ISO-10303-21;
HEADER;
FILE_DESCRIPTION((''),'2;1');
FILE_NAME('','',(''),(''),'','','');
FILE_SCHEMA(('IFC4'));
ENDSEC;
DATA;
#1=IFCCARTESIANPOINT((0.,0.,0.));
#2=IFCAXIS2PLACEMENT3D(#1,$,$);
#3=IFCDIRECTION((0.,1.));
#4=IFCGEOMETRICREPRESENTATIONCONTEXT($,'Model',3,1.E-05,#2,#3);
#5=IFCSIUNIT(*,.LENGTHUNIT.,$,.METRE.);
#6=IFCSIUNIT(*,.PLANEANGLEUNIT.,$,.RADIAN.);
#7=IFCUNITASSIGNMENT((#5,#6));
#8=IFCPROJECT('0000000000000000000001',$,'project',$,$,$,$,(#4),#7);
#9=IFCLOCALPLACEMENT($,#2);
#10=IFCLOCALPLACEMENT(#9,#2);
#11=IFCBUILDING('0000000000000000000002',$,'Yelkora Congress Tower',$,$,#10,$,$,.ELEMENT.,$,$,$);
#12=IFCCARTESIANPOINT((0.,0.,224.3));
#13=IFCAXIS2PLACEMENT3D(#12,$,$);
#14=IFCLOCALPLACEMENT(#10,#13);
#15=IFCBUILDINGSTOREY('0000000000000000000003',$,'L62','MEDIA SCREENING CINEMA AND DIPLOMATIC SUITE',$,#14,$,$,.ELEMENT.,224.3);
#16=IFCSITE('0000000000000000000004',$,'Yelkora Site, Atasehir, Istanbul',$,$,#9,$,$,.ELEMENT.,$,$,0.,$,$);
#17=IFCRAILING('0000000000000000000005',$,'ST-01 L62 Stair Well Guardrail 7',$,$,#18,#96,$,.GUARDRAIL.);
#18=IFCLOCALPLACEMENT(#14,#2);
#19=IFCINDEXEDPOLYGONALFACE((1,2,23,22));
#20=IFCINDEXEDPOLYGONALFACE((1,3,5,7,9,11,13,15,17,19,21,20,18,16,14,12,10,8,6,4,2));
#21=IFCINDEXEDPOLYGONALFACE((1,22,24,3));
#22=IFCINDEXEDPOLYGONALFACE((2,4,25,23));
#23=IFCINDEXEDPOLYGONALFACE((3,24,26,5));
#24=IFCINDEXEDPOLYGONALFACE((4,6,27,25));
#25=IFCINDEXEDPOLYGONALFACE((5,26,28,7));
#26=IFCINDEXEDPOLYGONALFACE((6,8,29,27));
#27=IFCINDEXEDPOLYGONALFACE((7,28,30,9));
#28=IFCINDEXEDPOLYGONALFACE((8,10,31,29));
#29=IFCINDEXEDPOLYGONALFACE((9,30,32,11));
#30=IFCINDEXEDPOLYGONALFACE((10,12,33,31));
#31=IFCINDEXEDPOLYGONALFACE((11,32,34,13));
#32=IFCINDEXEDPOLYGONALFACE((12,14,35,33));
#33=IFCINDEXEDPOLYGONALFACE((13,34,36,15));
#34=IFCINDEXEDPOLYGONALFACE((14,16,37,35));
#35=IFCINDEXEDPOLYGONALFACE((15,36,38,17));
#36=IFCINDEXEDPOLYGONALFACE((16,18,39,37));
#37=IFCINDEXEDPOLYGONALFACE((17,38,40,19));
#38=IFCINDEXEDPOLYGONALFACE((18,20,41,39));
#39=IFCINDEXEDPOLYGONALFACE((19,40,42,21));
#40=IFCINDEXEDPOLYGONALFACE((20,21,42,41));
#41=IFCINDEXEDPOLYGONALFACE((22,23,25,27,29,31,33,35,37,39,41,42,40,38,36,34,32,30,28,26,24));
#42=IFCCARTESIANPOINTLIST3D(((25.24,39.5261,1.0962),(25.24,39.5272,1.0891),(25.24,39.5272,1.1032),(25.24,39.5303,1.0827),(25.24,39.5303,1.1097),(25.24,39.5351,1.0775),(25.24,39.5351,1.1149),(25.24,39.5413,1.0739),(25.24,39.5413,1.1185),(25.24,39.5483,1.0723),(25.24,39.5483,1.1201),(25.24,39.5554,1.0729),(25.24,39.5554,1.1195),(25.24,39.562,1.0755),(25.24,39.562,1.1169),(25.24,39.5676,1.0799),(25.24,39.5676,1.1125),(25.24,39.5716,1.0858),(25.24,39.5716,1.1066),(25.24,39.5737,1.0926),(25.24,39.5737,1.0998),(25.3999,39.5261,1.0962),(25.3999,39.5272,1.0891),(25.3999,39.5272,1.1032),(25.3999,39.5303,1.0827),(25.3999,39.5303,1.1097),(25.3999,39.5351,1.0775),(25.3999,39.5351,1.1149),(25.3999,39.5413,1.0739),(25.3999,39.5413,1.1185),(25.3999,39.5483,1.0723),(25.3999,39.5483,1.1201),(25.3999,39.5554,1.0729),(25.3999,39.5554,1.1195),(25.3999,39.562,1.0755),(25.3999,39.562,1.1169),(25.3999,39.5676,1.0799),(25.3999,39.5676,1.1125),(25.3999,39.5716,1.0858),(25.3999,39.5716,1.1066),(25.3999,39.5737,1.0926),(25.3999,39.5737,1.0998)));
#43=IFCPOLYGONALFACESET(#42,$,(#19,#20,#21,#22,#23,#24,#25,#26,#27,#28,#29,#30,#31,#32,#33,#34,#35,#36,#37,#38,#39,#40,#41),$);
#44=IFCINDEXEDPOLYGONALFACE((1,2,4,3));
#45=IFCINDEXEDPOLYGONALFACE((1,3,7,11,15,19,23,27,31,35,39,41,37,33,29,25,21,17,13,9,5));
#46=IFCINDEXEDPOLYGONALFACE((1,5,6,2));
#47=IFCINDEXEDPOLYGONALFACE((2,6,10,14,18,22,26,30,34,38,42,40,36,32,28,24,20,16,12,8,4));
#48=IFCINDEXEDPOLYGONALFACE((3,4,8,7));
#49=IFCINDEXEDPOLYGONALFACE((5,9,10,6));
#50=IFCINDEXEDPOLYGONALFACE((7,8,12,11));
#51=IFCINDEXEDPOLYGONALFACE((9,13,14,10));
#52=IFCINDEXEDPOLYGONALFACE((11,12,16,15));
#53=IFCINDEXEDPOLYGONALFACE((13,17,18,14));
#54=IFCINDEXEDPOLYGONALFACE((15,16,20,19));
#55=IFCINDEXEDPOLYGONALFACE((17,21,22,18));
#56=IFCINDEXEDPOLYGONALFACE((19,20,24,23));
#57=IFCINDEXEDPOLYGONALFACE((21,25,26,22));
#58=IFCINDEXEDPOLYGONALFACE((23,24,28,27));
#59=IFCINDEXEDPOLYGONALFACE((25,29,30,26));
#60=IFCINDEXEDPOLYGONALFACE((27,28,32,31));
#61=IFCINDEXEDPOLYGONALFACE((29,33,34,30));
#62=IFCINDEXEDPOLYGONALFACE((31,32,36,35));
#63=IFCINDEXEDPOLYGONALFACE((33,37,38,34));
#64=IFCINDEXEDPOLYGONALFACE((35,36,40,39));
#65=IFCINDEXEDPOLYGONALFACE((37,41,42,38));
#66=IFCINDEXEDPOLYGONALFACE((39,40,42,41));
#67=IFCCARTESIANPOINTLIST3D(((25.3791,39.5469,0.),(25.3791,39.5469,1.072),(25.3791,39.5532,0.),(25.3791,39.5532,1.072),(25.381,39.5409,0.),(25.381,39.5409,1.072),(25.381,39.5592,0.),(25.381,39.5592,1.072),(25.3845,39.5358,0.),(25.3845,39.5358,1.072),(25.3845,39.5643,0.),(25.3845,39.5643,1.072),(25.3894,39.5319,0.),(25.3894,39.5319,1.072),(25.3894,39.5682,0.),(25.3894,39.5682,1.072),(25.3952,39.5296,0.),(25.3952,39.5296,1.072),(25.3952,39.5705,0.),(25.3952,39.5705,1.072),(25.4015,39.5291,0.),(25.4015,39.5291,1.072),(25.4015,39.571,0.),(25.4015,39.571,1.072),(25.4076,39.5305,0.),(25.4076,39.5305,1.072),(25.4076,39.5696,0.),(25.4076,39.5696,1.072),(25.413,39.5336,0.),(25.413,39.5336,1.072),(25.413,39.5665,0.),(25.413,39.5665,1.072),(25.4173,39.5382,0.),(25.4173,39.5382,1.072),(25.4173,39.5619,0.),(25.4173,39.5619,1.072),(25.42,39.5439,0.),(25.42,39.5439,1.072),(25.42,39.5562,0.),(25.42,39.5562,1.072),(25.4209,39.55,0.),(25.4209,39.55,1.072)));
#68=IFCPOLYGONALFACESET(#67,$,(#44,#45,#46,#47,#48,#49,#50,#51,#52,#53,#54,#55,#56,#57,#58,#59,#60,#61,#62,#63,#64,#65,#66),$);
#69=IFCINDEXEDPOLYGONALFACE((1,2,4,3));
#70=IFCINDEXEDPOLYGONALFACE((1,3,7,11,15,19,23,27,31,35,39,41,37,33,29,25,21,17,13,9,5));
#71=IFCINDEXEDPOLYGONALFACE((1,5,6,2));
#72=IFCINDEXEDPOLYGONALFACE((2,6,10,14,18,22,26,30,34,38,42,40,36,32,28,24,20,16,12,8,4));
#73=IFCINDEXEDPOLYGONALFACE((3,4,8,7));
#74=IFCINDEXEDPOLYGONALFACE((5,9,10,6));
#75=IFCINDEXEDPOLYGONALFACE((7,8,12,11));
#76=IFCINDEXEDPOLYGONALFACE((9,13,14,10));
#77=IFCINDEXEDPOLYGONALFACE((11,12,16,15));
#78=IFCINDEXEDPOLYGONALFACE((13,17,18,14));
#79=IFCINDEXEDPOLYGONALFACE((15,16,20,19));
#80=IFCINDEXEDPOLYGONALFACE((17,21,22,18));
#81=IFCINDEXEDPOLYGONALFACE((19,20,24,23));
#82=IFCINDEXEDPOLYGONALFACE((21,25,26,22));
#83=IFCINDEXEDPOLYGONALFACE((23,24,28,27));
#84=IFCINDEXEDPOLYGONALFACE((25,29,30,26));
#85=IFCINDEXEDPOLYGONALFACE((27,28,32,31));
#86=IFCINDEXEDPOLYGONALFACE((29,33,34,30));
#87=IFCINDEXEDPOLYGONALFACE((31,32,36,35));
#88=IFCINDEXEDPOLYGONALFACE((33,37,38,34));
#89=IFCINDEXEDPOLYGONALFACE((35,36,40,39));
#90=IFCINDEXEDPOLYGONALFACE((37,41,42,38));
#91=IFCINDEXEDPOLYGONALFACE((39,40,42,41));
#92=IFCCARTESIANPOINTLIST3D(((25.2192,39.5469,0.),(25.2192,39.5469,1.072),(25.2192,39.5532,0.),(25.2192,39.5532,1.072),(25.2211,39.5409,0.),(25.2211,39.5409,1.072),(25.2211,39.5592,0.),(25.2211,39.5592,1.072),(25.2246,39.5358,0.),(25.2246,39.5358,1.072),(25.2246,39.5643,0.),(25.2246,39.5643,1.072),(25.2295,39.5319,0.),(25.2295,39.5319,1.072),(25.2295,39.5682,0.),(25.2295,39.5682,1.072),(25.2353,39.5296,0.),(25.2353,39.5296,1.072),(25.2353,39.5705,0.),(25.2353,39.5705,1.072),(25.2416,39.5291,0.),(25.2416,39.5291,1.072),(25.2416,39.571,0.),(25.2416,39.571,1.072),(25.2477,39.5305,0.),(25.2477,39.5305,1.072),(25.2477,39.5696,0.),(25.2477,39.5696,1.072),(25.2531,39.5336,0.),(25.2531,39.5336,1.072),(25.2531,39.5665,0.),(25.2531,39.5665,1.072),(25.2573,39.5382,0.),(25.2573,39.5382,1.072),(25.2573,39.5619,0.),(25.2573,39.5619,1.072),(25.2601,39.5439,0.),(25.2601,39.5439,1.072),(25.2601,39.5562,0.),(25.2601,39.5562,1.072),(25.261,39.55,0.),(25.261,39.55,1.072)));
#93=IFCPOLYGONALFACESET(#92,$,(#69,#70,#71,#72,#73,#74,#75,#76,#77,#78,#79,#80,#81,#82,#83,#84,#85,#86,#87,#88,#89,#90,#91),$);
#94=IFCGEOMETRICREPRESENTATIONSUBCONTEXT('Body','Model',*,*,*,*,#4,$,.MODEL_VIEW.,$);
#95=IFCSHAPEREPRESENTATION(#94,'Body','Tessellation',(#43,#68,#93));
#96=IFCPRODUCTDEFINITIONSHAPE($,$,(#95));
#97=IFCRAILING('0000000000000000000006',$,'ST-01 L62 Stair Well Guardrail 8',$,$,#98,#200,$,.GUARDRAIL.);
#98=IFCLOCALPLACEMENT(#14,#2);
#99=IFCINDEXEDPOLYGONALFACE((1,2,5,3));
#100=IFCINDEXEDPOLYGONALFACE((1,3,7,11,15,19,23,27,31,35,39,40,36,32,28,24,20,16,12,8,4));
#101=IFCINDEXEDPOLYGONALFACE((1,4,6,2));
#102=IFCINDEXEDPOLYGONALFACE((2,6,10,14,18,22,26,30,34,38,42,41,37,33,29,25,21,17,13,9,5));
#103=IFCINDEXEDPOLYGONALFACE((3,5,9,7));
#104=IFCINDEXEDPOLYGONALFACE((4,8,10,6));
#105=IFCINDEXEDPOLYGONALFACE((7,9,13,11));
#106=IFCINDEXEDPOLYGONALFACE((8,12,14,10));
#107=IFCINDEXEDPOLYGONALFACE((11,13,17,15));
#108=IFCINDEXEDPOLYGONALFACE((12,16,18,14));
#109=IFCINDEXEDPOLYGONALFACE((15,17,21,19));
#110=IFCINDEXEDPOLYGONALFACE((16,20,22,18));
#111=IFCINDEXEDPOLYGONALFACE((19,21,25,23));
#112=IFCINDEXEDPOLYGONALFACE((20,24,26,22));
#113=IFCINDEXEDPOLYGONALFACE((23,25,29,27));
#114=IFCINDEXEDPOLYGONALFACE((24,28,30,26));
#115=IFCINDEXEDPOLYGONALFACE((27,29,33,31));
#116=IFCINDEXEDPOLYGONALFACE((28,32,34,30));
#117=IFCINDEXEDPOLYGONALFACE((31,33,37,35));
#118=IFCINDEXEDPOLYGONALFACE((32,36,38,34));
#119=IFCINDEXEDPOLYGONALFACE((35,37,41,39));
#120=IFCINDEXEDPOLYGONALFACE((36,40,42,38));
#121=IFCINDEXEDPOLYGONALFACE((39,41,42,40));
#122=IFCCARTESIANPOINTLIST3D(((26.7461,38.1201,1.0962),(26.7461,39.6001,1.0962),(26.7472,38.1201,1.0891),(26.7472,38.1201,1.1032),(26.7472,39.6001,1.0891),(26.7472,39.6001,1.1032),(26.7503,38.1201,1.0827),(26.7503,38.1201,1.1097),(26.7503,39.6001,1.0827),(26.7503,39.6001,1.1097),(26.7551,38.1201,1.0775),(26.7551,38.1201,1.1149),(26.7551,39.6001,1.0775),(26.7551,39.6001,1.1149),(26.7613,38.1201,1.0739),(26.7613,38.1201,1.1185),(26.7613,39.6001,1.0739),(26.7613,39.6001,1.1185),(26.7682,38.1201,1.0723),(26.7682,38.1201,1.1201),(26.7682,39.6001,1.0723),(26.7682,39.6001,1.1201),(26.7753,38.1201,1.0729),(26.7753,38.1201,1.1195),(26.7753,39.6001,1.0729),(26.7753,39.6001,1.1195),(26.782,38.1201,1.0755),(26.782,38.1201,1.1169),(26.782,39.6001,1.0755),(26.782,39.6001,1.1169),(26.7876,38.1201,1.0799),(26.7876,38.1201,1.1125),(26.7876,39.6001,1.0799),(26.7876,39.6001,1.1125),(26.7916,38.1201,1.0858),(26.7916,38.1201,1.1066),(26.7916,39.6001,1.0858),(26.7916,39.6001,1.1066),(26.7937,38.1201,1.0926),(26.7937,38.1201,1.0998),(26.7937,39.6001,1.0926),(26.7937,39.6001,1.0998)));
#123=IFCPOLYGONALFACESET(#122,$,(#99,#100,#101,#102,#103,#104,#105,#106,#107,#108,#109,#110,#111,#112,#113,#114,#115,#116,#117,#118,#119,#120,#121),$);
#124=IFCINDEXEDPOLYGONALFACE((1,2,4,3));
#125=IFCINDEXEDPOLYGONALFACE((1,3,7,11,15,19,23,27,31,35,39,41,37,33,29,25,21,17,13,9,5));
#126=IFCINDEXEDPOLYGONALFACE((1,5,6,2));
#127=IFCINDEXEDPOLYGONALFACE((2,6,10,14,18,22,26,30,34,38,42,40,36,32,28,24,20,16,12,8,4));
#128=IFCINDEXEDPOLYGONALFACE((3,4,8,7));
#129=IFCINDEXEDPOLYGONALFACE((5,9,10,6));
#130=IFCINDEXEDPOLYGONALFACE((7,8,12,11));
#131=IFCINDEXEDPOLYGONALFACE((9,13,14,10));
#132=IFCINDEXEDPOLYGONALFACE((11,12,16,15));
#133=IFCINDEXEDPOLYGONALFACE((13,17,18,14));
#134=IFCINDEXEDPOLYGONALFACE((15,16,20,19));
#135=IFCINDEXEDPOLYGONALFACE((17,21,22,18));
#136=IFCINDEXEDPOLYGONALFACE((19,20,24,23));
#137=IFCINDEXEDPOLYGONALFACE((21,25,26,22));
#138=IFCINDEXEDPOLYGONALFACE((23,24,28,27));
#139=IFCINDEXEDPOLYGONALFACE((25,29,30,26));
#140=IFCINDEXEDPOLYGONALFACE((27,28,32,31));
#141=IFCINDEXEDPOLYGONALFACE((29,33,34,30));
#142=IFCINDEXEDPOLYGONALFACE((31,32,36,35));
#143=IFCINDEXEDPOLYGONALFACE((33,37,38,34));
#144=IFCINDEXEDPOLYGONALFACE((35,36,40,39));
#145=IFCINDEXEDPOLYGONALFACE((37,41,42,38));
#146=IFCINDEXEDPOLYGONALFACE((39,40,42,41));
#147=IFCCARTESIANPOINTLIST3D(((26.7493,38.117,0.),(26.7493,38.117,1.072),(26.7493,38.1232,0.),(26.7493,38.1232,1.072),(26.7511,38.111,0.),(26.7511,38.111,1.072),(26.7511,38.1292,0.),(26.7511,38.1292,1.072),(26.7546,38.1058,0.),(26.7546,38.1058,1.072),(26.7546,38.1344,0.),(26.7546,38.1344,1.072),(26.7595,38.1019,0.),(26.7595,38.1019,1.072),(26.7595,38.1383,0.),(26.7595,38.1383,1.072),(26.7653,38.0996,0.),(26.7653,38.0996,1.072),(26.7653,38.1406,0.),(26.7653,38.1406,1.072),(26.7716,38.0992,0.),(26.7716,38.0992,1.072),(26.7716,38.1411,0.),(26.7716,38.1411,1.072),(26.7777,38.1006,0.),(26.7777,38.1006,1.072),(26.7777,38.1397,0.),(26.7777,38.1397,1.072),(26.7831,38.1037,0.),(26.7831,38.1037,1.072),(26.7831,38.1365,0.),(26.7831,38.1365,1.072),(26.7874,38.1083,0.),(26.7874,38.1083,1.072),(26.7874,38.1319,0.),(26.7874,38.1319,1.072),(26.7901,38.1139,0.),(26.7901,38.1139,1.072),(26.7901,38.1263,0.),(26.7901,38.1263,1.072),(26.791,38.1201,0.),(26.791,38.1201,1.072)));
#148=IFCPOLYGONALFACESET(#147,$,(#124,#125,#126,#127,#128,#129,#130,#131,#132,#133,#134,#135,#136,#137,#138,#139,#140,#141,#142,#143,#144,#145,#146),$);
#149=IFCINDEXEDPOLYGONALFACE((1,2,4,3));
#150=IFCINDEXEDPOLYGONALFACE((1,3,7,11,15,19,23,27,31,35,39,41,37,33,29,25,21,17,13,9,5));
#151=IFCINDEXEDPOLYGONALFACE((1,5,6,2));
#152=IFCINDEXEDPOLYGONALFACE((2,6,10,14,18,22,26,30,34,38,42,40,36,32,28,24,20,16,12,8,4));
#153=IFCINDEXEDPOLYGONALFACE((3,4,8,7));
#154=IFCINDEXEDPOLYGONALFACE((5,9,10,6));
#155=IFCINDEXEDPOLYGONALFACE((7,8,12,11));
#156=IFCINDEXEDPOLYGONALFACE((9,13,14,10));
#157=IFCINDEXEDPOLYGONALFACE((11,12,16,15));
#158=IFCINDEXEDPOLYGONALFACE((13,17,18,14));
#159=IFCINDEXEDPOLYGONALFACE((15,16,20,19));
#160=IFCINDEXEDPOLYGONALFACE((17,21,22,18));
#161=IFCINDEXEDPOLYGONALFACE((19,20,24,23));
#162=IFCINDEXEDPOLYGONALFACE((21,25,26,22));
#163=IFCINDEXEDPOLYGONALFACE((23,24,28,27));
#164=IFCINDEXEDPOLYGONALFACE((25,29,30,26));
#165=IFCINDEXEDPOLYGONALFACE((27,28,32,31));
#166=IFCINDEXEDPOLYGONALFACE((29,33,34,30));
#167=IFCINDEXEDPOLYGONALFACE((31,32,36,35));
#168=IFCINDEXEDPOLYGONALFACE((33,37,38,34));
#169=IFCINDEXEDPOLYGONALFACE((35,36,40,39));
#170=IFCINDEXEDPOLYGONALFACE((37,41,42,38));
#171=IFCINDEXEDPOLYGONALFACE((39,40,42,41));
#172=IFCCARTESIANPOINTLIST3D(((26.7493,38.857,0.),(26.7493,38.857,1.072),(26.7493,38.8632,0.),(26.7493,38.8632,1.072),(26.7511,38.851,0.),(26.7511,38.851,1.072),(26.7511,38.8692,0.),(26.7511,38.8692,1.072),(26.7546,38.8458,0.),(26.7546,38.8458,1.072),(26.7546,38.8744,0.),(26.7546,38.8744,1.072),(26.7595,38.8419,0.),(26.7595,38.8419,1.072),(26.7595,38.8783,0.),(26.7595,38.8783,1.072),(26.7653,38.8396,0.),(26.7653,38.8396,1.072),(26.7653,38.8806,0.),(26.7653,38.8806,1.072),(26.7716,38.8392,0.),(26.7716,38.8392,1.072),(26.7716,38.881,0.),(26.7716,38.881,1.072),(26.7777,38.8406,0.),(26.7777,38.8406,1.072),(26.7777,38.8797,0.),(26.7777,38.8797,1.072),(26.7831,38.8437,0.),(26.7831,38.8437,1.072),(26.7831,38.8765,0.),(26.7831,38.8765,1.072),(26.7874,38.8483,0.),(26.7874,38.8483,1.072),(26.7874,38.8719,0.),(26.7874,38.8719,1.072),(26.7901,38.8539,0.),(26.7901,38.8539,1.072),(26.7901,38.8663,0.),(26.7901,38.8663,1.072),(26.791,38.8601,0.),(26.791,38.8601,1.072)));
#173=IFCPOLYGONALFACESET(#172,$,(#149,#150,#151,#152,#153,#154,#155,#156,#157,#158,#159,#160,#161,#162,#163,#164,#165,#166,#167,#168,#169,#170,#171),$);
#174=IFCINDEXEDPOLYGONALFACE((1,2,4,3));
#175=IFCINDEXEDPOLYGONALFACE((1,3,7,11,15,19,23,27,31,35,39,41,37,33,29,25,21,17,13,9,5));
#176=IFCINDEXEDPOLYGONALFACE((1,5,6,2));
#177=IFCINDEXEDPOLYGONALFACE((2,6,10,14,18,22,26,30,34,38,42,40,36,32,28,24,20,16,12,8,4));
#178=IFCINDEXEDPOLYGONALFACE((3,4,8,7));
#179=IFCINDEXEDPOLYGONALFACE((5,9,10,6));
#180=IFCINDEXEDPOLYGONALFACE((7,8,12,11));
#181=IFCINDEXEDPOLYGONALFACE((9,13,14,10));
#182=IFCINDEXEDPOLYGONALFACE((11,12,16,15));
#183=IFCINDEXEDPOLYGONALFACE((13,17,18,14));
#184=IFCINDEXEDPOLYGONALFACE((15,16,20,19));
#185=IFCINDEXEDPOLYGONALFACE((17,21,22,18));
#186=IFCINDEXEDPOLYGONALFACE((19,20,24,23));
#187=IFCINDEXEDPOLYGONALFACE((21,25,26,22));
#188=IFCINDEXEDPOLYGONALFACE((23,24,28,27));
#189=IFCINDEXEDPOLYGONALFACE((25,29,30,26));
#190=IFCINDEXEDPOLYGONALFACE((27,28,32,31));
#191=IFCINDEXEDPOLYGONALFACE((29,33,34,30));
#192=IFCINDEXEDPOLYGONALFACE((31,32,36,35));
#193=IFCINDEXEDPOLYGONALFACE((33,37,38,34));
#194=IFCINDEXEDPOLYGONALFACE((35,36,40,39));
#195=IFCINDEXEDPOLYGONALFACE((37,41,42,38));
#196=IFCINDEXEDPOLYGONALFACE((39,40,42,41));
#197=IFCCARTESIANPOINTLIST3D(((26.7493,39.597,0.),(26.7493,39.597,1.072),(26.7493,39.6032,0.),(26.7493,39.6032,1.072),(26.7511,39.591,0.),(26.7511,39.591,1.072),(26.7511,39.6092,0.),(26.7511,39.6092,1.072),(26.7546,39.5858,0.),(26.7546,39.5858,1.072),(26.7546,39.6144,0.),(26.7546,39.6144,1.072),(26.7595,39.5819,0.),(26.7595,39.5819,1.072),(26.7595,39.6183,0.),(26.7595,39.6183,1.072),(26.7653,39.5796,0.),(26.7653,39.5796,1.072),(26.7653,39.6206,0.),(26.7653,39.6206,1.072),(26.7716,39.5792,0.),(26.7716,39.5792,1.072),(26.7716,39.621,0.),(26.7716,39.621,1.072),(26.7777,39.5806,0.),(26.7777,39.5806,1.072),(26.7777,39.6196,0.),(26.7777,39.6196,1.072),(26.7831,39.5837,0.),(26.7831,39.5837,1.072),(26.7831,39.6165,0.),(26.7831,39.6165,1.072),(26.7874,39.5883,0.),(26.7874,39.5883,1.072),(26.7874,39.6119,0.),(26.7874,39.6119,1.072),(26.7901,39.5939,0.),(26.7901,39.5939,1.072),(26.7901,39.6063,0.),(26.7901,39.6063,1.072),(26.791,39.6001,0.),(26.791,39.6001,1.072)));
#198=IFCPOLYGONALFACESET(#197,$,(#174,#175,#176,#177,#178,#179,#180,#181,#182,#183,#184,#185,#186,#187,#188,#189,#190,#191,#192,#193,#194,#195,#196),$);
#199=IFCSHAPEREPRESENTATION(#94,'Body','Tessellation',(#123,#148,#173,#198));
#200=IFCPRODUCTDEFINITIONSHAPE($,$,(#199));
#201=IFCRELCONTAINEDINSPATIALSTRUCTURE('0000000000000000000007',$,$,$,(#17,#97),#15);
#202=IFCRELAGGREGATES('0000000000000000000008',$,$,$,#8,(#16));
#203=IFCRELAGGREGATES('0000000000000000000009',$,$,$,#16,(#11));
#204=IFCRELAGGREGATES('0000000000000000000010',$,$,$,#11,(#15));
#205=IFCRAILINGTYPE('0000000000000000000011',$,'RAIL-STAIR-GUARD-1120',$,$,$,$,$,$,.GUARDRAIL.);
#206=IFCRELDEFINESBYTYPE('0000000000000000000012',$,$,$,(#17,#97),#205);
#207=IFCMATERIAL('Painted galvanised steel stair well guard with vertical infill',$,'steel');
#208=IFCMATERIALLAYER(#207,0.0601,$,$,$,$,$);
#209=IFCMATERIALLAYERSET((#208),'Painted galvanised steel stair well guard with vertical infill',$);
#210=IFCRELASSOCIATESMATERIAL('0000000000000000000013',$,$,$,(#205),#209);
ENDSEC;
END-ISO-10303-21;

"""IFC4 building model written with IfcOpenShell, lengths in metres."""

from ifc_helpers import new_model, si_unit, direction, frame, origin, origin_2d, place, context, subcontext, project, spatial, circle, extrude, material, layer, layer_set, type_object, element, save


model = new_model("IFC4")

# Units and contexts
model_context = context("Model", 3, precision=1e-05, world=origin(), true_north=direction((0.0, 1.0)))
body_context = subcontext(model_context, "Body", "Model", "MODEL_VIEW")
ifc_project = project(units=[si_unit("LENGTHUNIT", "METRE"), si_unit("PLANEANGLEUNIT", "RADIAN")], contexts=[model_context])

# Site, building, storey
site_placement = place(None, origin())
site = spatial("IfcSite", under=ifc_project, at=site_placement, Name="Yelkora Site, Atasehir, Istanbul", CompositionType="ELEMENT", RefElevation=0.0)
building_placement = place(site_placement, origin())
building = spatial("IfcBuilding", under=site, at=building_placement, Name="Yelkora Congress Tower", CompositionType="ELEMENT")
storey_placement = place(building_placement, frame((0.0, 0.0, 224.3)))
storey = spatial("IfcBuildingStorey", under=building, at=storey_placement, Name="L62", Description="MEDIA SCREENING CINEMA AND DIPLOMATIC SUITE", CompositionType="ELEMENT", Elevation=224.3)

# Railings
ifc_material_1 = material(Name="Painted galvanised steel stair well guard with vertical infill", Category="steel")
ifc_layer_1 = layer(ifc_material_1, 0.0601)
ifc_layer_set_1 = layer_set([ifc_layer_1], Name="Painted galvanised steel stair well guard with vertical infill")
railing_type_1 = type_object("IfcRailingType", Name="RAIL-STAIR-GUARD-1120", PredefinedType="GUARDRAIL", material=ifc_layer_set_1)
railing_1_placement = place(storey_placement, frame((25.3999, 39.55, 0.0)))
element("IfcRailing", 1, at=railing_1_placement, inside=storey, type_object=railing_type_1, Name="ST-01 L62 Stair Well Guardrail 7", PredefinedType="GUARDRAIL", context=body_context, shape_type="SweptSolid", body=[
    extrude(circle(Radius=0.0239, at=origin_2d()), frame((0.0, 0.0, 1.0962), z_axis=(-1.0, 0.0, 0.0), x_axis=(0.0, -1.0, 0.0)), (0.0, 0.0, 1.0), 0.1599),
    extrude(circle(Radius=0.021, at=origin_2d()), origin(), (0.0, 0.0, 1.0), 1.072),
    extrude(circle(Radius=0.021, at=origin_2d()), frame((-0.1599, 0.0, 0.0)), (0.0, 0.0, 1.0), 1.072),
])
railing_2_placement = place(storey_placement, frame((26.77, 38.1201, 0.0)))
element("IfcRailing", 2, at=railing_2_placement, inside=storey, type_object=railing_type_1, Name="ST-01 L62 Stair Well Guardrail 8", PredefinedType="GUARDRAIL", context=body_context, shape_type="SweptSolid", body=[
    extrude(circle(Radius=0.0239, at=origin_2d()), frame((0.0, 0.0, 1.0962), z_axis=(0.0, 1.0, 0.0), x_axis=(-1.0, 0.0, 0.0)), (0.0, 0.0, 1.0), 1.48),
    extrude(circle(Radius=0.021, at=origin_2d()), origin(), (0.0, 0.0, 1.0), 1.072),
    extrude(circle(Radius=0.021, at=origin_2d()), frame((0.0, 0.74, 0.0)), (0.0, 0.0, 1.0), 1.072),
    extrude(circle(Radius=0.021, at=origin_2d()), frame((0.0, 1.48, 0.0)), (0.0, 0.0, 1.0), 1.072),
])

save(model, "model.ifc")
